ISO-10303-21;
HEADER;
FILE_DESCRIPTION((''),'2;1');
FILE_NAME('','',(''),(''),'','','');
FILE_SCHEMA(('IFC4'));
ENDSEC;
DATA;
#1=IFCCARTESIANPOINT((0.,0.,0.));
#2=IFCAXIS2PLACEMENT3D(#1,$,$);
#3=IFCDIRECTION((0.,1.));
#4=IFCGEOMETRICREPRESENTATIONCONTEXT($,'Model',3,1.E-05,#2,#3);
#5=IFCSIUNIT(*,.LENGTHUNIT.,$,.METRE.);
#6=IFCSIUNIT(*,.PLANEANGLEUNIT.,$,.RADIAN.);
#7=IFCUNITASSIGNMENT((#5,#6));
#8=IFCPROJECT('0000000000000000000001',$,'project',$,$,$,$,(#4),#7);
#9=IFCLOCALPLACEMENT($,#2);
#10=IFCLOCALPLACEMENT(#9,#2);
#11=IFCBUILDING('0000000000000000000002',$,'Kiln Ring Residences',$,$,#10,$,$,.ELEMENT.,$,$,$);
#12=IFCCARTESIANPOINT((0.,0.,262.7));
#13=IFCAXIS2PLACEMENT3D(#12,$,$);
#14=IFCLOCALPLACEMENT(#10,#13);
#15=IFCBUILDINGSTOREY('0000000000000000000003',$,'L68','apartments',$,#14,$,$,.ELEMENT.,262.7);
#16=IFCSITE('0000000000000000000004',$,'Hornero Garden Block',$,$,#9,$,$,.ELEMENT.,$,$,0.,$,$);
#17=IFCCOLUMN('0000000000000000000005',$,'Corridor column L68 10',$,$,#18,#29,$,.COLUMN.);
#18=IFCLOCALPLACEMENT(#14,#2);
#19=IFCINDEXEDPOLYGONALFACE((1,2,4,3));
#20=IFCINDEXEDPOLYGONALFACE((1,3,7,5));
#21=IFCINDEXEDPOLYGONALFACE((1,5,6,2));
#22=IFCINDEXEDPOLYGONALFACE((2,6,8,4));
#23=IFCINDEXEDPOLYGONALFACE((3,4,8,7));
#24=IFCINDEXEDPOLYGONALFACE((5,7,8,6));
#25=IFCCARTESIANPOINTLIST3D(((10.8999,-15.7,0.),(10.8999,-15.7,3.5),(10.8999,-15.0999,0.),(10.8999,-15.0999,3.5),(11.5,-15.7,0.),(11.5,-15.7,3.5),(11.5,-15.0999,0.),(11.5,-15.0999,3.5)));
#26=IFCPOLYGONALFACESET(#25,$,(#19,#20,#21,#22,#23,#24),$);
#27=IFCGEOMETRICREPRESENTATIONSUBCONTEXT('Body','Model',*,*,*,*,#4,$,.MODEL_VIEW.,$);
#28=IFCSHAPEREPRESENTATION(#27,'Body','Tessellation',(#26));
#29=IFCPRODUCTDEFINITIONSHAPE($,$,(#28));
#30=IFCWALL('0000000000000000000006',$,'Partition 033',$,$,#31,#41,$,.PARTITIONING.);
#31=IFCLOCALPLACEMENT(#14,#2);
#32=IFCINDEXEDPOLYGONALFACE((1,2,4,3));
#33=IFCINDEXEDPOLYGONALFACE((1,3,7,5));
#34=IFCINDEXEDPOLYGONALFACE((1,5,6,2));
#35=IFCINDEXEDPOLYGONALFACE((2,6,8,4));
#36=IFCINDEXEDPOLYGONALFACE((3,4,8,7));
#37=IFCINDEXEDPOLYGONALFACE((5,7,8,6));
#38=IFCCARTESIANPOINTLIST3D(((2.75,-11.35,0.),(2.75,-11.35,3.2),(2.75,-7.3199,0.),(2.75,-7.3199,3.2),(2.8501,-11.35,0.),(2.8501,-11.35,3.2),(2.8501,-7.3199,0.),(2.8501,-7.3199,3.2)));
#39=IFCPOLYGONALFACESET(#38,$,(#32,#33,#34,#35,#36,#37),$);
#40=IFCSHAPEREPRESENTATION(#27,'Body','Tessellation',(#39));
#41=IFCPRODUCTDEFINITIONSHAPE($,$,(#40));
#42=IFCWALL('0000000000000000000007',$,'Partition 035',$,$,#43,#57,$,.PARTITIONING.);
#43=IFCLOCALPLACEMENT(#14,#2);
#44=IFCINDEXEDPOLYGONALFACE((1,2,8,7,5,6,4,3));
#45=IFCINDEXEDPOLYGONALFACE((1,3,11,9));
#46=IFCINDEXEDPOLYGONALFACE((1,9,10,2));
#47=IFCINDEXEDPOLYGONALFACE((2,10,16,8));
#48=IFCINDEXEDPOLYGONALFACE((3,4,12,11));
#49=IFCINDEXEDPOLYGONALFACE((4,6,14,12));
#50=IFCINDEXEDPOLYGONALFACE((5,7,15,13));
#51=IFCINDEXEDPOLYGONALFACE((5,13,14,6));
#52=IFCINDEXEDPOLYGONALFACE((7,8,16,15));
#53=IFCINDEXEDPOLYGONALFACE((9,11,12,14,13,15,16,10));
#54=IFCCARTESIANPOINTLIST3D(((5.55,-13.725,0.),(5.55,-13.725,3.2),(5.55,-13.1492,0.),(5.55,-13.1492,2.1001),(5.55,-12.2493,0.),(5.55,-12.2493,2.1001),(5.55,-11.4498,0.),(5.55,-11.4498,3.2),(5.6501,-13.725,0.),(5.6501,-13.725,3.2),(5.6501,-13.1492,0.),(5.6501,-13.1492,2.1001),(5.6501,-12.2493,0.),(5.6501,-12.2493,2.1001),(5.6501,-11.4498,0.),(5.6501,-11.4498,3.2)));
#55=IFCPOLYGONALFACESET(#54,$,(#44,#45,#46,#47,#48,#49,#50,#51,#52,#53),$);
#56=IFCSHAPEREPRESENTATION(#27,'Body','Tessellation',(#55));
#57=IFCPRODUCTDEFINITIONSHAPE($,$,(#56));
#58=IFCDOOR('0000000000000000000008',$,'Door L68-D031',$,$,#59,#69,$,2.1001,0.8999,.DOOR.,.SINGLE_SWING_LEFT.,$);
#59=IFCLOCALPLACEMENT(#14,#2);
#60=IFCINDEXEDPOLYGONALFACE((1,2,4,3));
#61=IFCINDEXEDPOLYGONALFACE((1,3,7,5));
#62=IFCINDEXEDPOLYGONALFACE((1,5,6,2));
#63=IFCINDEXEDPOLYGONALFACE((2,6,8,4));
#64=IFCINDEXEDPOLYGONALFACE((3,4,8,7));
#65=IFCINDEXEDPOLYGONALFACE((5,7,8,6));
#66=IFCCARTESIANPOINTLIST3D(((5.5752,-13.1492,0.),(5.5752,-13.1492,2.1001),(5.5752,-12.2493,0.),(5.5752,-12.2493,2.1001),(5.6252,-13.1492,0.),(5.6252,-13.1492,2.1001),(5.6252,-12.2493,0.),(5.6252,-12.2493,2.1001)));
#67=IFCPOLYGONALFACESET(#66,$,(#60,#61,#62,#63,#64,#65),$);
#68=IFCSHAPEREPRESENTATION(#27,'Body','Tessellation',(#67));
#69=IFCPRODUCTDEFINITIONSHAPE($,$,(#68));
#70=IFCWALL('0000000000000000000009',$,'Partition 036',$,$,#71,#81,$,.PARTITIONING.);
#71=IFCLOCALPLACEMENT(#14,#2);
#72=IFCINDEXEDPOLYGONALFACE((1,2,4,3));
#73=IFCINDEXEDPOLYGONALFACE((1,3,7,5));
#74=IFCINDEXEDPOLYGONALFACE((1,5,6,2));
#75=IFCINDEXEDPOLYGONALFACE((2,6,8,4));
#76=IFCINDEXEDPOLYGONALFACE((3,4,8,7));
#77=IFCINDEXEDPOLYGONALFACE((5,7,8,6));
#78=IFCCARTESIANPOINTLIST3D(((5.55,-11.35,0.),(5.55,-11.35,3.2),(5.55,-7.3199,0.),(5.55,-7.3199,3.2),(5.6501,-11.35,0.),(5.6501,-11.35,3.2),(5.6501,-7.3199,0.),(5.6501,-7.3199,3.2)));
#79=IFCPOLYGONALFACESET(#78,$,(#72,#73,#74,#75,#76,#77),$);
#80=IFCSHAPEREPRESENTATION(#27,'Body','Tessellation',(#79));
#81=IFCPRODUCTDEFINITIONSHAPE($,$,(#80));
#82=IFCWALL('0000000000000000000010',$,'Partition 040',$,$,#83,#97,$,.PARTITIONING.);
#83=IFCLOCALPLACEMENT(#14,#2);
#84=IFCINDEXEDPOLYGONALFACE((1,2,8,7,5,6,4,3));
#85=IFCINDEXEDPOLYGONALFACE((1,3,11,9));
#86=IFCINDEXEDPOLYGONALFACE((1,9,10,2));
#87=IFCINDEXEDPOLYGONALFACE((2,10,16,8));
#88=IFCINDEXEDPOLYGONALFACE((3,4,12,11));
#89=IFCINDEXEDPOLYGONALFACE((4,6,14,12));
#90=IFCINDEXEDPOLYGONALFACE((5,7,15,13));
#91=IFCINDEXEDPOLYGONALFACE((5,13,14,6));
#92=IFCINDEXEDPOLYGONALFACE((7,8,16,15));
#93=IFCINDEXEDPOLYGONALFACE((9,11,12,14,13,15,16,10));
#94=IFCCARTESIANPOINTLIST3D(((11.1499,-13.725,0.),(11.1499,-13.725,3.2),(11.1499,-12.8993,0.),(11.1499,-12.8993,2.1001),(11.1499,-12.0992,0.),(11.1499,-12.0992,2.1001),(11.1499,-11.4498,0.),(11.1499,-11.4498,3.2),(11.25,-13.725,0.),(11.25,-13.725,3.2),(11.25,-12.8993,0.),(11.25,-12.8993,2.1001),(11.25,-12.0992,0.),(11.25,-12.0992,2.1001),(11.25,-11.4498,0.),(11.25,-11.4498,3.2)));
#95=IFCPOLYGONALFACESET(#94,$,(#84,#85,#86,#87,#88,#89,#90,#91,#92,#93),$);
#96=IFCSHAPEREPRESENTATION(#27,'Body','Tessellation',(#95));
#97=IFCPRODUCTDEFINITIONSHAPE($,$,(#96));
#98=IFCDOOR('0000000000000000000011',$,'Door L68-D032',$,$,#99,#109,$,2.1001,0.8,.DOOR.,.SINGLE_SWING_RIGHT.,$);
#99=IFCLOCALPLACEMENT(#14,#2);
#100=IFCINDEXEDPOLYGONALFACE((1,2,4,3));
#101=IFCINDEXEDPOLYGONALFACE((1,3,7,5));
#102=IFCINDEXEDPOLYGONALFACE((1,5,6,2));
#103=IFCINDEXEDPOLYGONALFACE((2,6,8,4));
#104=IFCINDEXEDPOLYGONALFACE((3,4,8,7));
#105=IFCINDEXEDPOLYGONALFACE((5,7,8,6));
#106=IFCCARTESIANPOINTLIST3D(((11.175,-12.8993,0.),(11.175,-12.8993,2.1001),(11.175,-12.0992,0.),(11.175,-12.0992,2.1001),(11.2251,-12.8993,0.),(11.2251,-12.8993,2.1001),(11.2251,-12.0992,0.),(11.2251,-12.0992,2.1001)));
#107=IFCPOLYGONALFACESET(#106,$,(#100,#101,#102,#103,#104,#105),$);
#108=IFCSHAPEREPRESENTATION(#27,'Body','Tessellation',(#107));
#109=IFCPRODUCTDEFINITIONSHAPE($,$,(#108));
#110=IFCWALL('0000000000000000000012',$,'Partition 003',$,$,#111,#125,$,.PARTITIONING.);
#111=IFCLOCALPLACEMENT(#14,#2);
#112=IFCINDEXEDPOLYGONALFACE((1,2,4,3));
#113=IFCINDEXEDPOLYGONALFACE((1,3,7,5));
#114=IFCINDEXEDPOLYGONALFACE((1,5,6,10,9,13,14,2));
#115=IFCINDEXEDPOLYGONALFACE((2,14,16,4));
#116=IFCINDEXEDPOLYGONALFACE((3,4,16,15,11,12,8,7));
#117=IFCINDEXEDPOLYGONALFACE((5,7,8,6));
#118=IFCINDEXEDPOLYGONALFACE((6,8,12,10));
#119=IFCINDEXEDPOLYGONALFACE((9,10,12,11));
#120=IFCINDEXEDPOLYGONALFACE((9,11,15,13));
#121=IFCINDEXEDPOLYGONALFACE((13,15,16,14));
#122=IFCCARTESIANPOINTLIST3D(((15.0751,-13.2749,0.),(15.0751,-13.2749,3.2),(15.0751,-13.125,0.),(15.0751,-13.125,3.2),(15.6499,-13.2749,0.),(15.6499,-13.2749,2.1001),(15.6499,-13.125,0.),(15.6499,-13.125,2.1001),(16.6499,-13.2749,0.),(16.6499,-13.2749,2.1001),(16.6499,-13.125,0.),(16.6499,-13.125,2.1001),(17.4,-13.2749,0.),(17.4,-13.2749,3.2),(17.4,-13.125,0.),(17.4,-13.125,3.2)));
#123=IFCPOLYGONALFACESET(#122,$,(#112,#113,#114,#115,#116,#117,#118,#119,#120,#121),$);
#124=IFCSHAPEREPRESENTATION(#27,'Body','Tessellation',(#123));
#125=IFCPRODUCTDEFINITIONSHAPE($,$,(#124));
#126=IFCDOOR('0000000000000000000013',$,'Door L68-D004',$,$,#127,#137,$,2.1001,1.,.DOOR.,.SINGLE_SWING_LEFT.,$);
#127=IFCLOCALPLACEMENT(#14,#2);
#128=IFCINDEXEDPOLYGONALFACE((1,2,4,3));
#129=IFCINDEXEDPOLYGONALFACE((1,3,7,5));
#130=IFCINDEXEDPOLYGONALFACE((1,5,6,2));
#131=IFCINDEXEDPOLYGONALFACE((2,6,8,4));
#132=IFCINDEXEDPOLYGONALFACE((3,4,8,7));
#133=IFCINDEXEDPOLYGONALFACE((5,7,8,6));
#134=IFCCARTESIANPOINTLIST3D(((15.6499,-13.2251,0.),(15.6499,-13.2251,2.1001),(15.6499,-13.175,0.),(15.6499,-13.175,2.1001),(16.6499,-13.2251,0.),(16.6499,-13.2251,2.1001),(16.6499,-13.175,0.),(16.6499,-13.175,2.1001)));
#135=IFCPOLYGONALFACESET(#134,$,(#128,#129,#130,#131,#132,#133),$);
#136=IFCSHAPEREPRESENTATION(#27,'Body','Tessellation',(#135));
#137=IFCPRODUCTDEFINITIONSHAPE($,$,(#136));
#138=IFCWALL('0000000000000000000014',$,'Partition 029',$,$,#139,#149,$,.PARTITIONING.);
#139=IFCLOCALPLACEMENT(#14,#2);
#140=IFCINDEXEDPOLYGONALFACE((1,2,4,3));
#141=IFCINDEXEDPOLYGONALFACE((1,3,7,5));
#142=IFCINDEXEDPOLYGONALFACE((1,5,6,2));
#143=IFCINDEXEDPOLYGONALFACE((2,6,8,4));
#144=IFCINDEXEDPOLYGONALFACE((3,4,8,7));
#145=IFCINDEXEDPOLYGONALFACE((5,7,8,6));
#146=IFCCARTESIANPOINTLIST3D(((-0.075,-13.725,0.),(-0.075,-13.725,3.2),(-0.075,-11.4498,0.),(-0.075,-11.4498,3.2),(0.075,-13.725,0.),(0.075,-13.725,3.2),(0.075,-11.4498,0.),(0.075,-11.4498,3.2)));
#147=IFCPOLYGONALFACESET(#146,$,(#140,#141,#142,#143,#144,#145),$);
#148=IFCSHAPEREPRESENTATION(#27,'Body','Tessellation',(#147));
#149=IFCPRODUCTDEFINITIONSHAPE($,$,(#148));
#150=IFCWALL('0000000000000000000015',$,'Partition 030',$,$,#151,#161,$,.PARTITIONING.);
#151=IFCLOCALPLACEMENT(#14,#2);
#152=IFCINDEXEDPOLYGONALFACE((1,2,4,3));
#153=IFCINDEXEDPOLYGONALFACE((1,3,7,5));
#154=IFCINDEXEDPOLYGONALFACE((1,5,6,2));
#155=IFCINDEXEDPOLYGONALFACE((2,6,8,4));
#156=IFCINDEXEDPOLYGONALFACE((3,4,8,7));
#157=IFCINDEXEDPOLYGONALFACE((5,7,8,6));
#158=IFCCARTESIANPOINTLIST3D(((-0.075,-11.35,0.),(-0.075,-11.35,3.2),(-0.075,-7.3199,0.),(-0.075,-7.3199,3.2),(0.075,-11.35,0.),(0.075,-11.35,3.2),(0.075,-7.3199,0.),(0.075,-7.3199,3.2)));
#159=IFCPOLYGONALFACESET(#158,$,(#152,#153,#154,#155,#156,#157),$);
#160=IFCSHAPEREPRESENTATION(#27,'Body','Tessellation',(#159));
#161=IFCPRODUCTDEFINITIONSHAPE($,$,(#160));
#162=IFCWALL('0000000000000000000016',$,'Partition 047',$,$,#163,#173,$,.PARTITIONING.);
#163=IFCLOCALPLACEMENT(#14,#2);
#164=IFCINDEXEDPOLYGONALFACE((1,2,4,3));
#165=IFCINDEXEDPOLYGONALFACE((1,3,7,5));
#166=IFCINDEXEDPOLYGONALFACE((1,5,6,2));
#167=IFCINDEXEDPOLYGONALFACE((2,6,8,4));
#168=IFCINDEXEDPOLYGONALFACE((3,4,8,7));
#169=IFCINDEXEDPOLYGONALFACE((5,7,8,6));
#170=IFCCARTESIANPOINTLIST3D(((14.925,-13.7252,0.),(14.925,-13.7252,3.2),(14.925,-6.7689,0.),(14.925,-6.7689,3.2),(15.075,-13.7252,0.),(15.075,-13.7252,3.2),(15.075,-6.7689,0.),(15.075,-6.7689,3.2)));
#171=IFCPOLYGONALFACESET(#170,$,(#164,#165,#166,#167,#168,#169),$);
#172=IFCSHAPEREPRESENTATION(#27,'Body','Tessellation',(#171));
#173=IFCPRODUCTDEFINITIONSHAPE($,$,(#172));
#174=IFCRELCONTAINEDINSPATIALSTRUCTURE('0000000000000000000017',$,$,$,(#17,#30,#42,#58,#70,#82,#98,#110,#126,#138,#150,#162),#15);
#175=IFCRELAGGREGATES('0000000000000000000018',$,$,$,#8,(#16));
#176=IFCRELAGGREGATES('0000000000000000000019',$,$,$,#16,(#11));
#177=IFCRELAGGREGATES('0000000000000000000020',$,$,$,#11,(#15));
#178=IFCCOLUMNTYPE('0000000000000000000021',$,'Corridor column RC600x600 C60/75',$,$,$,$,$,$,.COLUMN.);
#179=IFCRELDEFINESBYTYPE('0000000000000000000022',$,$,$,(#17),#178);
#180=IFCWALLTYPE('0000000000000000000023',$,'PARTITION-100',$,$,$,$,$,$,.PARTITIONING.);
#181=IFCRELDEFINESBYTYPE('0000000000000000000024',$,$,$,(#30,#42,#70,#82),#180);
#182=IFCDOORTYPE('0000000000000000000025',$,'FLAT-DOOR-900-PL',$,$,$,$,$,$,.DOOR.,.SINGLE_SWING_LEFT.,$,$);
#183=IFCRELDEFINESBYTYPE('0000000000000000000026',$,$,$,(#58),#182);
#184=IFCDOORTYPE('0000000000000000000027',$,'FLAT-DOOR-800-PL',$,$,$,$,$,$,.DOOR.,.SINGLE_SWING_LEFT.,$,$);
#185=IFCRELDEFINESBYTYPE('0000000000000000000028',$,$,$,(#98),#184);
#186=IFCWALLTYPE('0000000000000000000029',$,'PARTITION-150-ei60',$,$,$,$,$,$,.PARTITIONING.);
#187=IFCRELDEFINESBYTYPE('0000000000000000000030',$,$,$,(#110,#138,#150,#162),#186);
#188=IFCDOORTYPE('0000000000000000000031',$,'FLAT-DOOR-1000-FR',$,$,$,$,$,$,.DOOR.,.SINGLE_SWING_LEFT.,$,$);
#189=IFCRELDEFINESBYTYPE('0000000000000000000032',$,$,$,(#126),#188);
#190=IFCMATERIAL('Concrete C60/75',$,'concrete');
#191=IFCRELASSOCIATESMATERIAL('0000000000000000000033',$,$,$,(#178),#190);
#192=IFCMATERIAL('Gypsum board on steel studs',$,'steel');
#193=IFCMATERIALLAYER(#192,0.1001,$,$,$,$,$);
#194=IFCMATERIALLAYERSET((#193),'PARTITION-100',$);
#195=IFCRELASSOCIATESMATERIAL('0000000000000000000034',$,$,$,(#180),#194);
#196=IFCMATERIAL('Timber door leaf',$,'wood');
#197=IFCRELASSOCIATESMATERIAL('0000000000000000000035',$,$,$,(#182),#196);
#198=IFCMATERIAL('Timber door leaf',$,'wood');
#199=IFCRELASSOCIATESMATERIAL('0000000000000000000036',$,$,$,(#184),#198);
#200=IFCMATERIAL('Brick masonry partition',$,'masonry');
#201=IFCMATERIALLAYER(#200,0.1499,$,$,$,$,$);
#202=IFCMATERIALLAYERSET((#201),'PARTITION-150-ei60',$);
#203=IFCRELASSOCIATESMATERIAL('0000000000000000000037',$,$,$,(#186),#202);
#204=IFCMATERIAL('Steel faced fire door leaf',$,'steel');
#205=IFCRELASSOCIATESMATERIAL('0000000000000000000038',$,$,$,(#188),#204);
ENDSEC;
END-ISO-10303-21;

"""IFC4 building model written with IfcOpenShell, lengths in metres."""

from ifc_helpers import new_model, si_unit, direction, frame, frame_2d, origin, origin_2d, place, context, subcontext, project, spatial, rectangle, extrude, material, layer, layer_set, material_profile, profile_set, type_object, element, fill, save


model = new_model("IFC4")

# Units and contexts
model_context = context("Model", 3, precision=1e-05, world=origin(), true_north=direction((0.0, 1.0)))
body_context = subcontext(model_context, "Body", "Model", "MODEL_VIEW")
ifc_project = project(units=[si_unit("LENGTHUNIT", "METRE"), si_unit("PLANEANGLEUNIT", "RADIAN")], contexts=[model_context])

# Site, building, storey
site_placement = place(None, origin())
site = spatial("IfcSite", under=ifc_project, at=site_placement, Name="Hornero Garden Block", CompositionType="ELEMENT", RefElevation=0.0)
building_placement = place(site_placement, origin())
building = spatial("IfcBuilding", under=site, at=building_placement, Name="Kiln Ring Residences", CompositionType="ELEMENT")
storey_placement = place(building_placement, frame((0.0, 0.0, 262.7)))
storey = spatial("IfcBuildingStorey", under=building, at=storey_placement, Name="L68", Description="apartments", CompositionType="ELEMENT", Elevation=262.7)

# Column
ifc_material_1 = material(Name="Concrete C60/75", Category="concrete")
ifc_material_profile = material_profile(ifc_material_1, rectangle(XDim=0.6001, YDim=0.6001, at=origin_2d()), Name="RC600x600")
ifc_profile_set = profile_set([ifc_material_profile], Name="Concrete C60/75")
column_type = type_object("IfcColumnType", Name="Corridor column RC600x600 C60/75", PredefinedType="COLUMN", material=ifc_profile_set)
column_placement = place(storey_placement, frame((11.2, -15.3999, 0.0), z_axis=(0.0, 0.0, 1.0), x_axis=(1.0, 0.0, 0.0)))
element("IfcColumn", 1, at=column_placement, inside=storey, type_object=column_type, Name="Corridor column L68 10", PredefinedType="COLUMN", context=body_context, shape_type="SweptSolid", body=[
    extrude(rectangle(XDim=0.6001, YDim=0.6001, at=origin_2d()), origin(), (0.0, 0.0, 1.0), 3.5),
])

# Wall
ifc_material_2 = material(Name="Gypsum board on steel studs", Category="steel")
ifc_layer_1 = layer(ifc_material_2, 0.1001)
ifc_layer_set_1 = layer_set([ifc_layer_1], Name="PARTITION-100")
wall_type_1 = type_object("IfcWallType", Name="PARTITION-100", PredefinedType="PARTITIONING", material=ifc_layer_set_1)
wall_1_placement = place(storey_placement, frame((2.8, -11.3501, 0.0), z_axis=(0.0, 0.0, 1.0), x_axis=(0.0, 1.0, 0.0)))
element("IfcWall", 2, at=wall_1_placement, inside=storey, type_object=wall_type_1, Name="Partition 033", PredefinedType="PARTITIONING", context=body_context, shape_type="SweptSolid", body=[
    extrude(rectangle(XDim=4.03, YDim=0.1001, at=frame_2d((2.0151, 0.0))), origin(), (0.0, 0.0, 1.0), 3.2),
])

# Wall, opening, door
wall_2_placement = place(storey_placement, frame((5.6001, -13.7251, 0.0), z_axis=(0.0, 0.0, 1.0), x_axis=(0.0, 1.0, 0.0)))
wall_2 = element("IfcWall", 3, at=wall_2_placement, inside=storey, type_object=wall_type_1, Name="Partition 035", PredefinedType="PARTITIONING", context=body_context, shape_type="SweptSolid", body=[
    extrude(rectangle(XDim=2.2751, YDim=0.1001, at=frame_2d((1.1377, 0.0))), origin(), (0.0, 0.0, 1.0), 3.2),
])
opening_1_placement = place(wall_2_placement, frame((0.5759, 0.0, 0.0)))
opening_1 = element("IfcOpeningElement", 4, at=opening_1_placement, cuts=wall_2, PredefinedType="OPENING", context=body_context, shape_type="SweptSolid", body=[
    extrude(rectangle(XDim=0.8999, YDim=2.1001, at=frame_2d((0.45, 1.05))), frame((0.0, 0.0601, 0.0), z_axis=(0.0, -1.0, 0.0), x_axis=(1.0, 0.0, 0.0)), (0.0, 0.0, 1.0), 0.1201),
])
ifc_material_3 = material(Name="Timber door leaf", Category="wood")
door_type_1 = type_object("IfcDoorType", Name="FLAT-DOOR-900-PL", OperationType="SINGLE_SWING_LEFT", PredefinedType="DOOR", material=ifc_material_3)
door_1_placement = place(opening_1_placement, origin())
door_1 = element("IfcDoor", 5, at=door_1_placement, inside=storey, type_object=door_type_1, Name="Door L68-D031", OperationType="SINGLE_SWING_LEFT", OverallHeight=2.1001, OverallWidth=0.8999, PredefinedType="DOOR", context=body_context, shape_type="SweptSolid", body=[
    extrude(rectangle(XDim=0.8999, YDim=2.1001, at=frame_2d((0.45, 1.05))), frame((0.0, 0.0249, 0.0), z_axis=(0.0, -1.0, 0.0), x_axis=(1.0, 0.0, 0.0)), (0.0, 0.0, 1.0), 0.05),
])
fill(opening_1, door_1)

# Wall
wall_3_placement = place(storey_placement, frame((5.6001, -11.3501, 0.0), z_axis=(0.0, 0.0, 1.0), x_axis=(0.0, 1.0, 0.0)))
element("IfcWall", 6, at=wall_3_placement, inside=storey, type_object=wall_type_1, Name="Partition 036", PredefinedType="PARTITIONING", context=body_context, shape_type="SweptSolid", body=[
    extrude(rectangle(XDim=4.03, YDim=0.1001, at=frame_2d((2.0151, 0.0))), origin(), (0.0, 0.0, 1.0), 3.2),
])

# Walls, openings, doors
wall_4_placement = place(storey_placement, frame((11.2, -13.7251, 0.0), z_axis=(0.0, 0.0, 1.0), x_axis=(0.0, 1.0, 0.0)))
wall_4 = element("IfcWall", 7, at=wall_4_placement, inside=storey, type_object=wall_type_1, Name="Partition 040", PredefinedType="PARTITIONING", context=body_context, shape_type="SweptSolid", body=[
    extrude(rectangle(XDim=2.2751, YDim=0.1001, at=frame_2d((1.1377, 0.0))), origin(), (0.0, 0.0, 1.0), 3.2),
])
opening_2_placement = place(wall_4_placement, frame((0.8259, 0.0, 0.0)))
opening_2 = element("IfcOpeningElement", 8, at=opening_2_placement, cuts=wall_4, PredefinedType="OPENING", context=body_context, shape_type="SweptSolid", body=[
    extrude(rectangle(XDim=0.8, YDim=2.1001, at=frame_2d((0.3999, 1.05))), frame((0.0, 0.0601, 0.0), z_axis=(0.0, -1.0, 0.0), x_axis=(1.0, 0.0, 0.0)), (0.0, 0.0, 1.0), 0.1201),
])
ifc_material_4 = material(Name="Timber door leaf", Category="wood")
door_type_2 = type_object("IfcDoorType", Name="FLAT-DOOR-800-PL", OperationType="SINGLE_SWING_LEFT", PredefinedType="DOOR", material=ifc_material_4)
door_2_placement = place(opening_2_placement, origin())
door_2 = element("IfcDoor", 9, at=door_2_placement, inside=storey, type_object=door_type_2, Name="Door L68-D032", OperationType="SINGLE_SWING_RIGHT", OverallHeight=2.1001, OverallWidth=0.8, PredefinedType="DOOR", context=body_context, shape_type="SweptSolid", body=[
    extrude(rectangle(XDim=0.8, YDim=2.1001, at=frame_2d((0.3999, 1.05))), frame((0.0, 0.0249, 0.0), z_axis=(0.0, -1.0, 0.0), x_axis=(1.0, 0.0, 0.0)), (0.0, 0.0, 1.0), 0.05),
])
fill(opening_2, door_2)
ifc_material_5 = material(Name="Brick masonry partition", Category="masonry")
ifc_layer_2 = layer(ifc_material_5, 0.1499)
ifc_layer_set_2 = layer_set([ifc_layer_2], Name="PARTITION-150-ei60")
wall_type_2 = type_object("IfcWallType", Name="PARTITION-150-ei60", PredefinedType="PARTITIONING", material=ifc_layer_set_2)
wall_5_placement = place(storey_placement, frame((15.075, -13.2, 0.0), z_axis=(0.0, 0.0, 1.0), x_axis=(1.0, 0.0, 0.0)))
wall_5 = element("IfcWall", 10, at=wall_5_placement, inside=storey, type_object=wall_type_2, Name="Partition 003", PredefinedType="PARTITIONING", context=body_context, shape_type="SweptSolid", body=[
    extrude(rectangle(XDim=2.325, YDim=0.1499, at=frame_2d((1.1626, 0.0))), origin(), (0.0, 0.0, 1.0), 3.2),
])
opening_3_placement = place(wall_5_placement, frame((0.575, 0.0, 0.0)))
opening_3 = element("IfcOpeningElement", 11, at=opening_3_placement, cuts=wall_5, PredefinedType="OPENING", context=body_context, shape_type="SweptSolid", body=[
    extrude(rectangle(XDim=1.0, YDim=2.1001, at=frame_2d((0.5, 1.05))), frame((0.0, 0.085, 0.0), z_axis=(0.0, -1.0, 0.0), x_axis=(1.0, 0.0, 0.0)), (0.0, 0.0, 1.0), 0.1699),
])
ifc_material_6 = material(Name="Steel faced fire door leaf", Category="steel")
door_type_3 = type_object("IfcDoorType", Name="FLAT-DOOR-1000-FR", OperationType="SINGLE_SWING_LEFT", PredefinedType="DOOR", material=ifc_material_6)
door_3_placement = place(opening_3_placement, origin())
door_3 = element("IfcDoor", 12, at=door_3_placement, inside=storey, type_object=door_type_3, Name="Door L68-D004", OperationType="SINGLE_SWING_LEFT", OverallHeight=2.1001, OverallWidth=1.0, PredefinedType="DOOR", context=body_context, shape_type="SweptSolid", body=[
    extrude(rectangle(XDim=1.0, YDim=2.1001, at=frame_2d((0.5, 1.05))), frame((0.0, 0.0249, 0.0), z_axis=(0.0, -1.0, 0.0), x_axis=(1.0, 0.0, 0.0)), (0.0, 0.0, 1.0), 0.05),
])
fill(opening_3, door_3)

# Walls
wall_6_placement = place(storey_placement, frame((0.0, -13.7251, 0.0), z_axis=(0.0, 0.0, 1.0), x_axis=(0.0, 1.0, 0.0)))
element("IfcWall", 13, at=wall_6_placement, inside=storey, type_object=wall_type_2, Name="Partition 029", PredefinedType="PARTITIONING", context=body_context, shape_type="SweptSolid", body=[
    extrude(rectangle(XDim=2.2751, YDim=0.1499, at=frame_2d((1.1377, 0.0))), origin(), (0.0, 0.0, 1.0), 3.2),
])
wall_7_placement = place(storey_placement, frame((0.0, -11.3501, 0.0), z_axis=(0.0, 0.0, 1.0), x_axis=(0.0, 1.0, 0.0)))
element("IfcWall", 14, at=wall_7_placement, inside=storey, type_object=wall_type_2, Name="Partition 030", PredefinedType="PARTITIONING", context=body_context, shape_type="SweptSolid", body=[
    extrude(rectangle(XDim=4.03, YDim=0.1499, at=frame_2d((2.0151, 0.0))), origin(), (0.0, 0.0, 1.0), 3.2),
])
wall_8_placement = place(storey_placement, frame((15.0, -13.7251, 0.0), z_axis=(0.0, 0.0, 1.0), x_axis=(0.0, 1.0, 0.0)))
element("IfcWall", 15, at=wall_8_placement, inside=storey, type_object=wall_type_2, Name="Partition 047", PredefinedType="PARTITIONING", context=body_context, shape_type="SweptSolid", body=[
    extrude(rectangle(XDim=6.9563, YDim=0.1499, at=frame_2d((3.478, 0.0))), origin(), (0.0, 0.0, 1.0), 3.2),
])

save(model, "model.ifc")
